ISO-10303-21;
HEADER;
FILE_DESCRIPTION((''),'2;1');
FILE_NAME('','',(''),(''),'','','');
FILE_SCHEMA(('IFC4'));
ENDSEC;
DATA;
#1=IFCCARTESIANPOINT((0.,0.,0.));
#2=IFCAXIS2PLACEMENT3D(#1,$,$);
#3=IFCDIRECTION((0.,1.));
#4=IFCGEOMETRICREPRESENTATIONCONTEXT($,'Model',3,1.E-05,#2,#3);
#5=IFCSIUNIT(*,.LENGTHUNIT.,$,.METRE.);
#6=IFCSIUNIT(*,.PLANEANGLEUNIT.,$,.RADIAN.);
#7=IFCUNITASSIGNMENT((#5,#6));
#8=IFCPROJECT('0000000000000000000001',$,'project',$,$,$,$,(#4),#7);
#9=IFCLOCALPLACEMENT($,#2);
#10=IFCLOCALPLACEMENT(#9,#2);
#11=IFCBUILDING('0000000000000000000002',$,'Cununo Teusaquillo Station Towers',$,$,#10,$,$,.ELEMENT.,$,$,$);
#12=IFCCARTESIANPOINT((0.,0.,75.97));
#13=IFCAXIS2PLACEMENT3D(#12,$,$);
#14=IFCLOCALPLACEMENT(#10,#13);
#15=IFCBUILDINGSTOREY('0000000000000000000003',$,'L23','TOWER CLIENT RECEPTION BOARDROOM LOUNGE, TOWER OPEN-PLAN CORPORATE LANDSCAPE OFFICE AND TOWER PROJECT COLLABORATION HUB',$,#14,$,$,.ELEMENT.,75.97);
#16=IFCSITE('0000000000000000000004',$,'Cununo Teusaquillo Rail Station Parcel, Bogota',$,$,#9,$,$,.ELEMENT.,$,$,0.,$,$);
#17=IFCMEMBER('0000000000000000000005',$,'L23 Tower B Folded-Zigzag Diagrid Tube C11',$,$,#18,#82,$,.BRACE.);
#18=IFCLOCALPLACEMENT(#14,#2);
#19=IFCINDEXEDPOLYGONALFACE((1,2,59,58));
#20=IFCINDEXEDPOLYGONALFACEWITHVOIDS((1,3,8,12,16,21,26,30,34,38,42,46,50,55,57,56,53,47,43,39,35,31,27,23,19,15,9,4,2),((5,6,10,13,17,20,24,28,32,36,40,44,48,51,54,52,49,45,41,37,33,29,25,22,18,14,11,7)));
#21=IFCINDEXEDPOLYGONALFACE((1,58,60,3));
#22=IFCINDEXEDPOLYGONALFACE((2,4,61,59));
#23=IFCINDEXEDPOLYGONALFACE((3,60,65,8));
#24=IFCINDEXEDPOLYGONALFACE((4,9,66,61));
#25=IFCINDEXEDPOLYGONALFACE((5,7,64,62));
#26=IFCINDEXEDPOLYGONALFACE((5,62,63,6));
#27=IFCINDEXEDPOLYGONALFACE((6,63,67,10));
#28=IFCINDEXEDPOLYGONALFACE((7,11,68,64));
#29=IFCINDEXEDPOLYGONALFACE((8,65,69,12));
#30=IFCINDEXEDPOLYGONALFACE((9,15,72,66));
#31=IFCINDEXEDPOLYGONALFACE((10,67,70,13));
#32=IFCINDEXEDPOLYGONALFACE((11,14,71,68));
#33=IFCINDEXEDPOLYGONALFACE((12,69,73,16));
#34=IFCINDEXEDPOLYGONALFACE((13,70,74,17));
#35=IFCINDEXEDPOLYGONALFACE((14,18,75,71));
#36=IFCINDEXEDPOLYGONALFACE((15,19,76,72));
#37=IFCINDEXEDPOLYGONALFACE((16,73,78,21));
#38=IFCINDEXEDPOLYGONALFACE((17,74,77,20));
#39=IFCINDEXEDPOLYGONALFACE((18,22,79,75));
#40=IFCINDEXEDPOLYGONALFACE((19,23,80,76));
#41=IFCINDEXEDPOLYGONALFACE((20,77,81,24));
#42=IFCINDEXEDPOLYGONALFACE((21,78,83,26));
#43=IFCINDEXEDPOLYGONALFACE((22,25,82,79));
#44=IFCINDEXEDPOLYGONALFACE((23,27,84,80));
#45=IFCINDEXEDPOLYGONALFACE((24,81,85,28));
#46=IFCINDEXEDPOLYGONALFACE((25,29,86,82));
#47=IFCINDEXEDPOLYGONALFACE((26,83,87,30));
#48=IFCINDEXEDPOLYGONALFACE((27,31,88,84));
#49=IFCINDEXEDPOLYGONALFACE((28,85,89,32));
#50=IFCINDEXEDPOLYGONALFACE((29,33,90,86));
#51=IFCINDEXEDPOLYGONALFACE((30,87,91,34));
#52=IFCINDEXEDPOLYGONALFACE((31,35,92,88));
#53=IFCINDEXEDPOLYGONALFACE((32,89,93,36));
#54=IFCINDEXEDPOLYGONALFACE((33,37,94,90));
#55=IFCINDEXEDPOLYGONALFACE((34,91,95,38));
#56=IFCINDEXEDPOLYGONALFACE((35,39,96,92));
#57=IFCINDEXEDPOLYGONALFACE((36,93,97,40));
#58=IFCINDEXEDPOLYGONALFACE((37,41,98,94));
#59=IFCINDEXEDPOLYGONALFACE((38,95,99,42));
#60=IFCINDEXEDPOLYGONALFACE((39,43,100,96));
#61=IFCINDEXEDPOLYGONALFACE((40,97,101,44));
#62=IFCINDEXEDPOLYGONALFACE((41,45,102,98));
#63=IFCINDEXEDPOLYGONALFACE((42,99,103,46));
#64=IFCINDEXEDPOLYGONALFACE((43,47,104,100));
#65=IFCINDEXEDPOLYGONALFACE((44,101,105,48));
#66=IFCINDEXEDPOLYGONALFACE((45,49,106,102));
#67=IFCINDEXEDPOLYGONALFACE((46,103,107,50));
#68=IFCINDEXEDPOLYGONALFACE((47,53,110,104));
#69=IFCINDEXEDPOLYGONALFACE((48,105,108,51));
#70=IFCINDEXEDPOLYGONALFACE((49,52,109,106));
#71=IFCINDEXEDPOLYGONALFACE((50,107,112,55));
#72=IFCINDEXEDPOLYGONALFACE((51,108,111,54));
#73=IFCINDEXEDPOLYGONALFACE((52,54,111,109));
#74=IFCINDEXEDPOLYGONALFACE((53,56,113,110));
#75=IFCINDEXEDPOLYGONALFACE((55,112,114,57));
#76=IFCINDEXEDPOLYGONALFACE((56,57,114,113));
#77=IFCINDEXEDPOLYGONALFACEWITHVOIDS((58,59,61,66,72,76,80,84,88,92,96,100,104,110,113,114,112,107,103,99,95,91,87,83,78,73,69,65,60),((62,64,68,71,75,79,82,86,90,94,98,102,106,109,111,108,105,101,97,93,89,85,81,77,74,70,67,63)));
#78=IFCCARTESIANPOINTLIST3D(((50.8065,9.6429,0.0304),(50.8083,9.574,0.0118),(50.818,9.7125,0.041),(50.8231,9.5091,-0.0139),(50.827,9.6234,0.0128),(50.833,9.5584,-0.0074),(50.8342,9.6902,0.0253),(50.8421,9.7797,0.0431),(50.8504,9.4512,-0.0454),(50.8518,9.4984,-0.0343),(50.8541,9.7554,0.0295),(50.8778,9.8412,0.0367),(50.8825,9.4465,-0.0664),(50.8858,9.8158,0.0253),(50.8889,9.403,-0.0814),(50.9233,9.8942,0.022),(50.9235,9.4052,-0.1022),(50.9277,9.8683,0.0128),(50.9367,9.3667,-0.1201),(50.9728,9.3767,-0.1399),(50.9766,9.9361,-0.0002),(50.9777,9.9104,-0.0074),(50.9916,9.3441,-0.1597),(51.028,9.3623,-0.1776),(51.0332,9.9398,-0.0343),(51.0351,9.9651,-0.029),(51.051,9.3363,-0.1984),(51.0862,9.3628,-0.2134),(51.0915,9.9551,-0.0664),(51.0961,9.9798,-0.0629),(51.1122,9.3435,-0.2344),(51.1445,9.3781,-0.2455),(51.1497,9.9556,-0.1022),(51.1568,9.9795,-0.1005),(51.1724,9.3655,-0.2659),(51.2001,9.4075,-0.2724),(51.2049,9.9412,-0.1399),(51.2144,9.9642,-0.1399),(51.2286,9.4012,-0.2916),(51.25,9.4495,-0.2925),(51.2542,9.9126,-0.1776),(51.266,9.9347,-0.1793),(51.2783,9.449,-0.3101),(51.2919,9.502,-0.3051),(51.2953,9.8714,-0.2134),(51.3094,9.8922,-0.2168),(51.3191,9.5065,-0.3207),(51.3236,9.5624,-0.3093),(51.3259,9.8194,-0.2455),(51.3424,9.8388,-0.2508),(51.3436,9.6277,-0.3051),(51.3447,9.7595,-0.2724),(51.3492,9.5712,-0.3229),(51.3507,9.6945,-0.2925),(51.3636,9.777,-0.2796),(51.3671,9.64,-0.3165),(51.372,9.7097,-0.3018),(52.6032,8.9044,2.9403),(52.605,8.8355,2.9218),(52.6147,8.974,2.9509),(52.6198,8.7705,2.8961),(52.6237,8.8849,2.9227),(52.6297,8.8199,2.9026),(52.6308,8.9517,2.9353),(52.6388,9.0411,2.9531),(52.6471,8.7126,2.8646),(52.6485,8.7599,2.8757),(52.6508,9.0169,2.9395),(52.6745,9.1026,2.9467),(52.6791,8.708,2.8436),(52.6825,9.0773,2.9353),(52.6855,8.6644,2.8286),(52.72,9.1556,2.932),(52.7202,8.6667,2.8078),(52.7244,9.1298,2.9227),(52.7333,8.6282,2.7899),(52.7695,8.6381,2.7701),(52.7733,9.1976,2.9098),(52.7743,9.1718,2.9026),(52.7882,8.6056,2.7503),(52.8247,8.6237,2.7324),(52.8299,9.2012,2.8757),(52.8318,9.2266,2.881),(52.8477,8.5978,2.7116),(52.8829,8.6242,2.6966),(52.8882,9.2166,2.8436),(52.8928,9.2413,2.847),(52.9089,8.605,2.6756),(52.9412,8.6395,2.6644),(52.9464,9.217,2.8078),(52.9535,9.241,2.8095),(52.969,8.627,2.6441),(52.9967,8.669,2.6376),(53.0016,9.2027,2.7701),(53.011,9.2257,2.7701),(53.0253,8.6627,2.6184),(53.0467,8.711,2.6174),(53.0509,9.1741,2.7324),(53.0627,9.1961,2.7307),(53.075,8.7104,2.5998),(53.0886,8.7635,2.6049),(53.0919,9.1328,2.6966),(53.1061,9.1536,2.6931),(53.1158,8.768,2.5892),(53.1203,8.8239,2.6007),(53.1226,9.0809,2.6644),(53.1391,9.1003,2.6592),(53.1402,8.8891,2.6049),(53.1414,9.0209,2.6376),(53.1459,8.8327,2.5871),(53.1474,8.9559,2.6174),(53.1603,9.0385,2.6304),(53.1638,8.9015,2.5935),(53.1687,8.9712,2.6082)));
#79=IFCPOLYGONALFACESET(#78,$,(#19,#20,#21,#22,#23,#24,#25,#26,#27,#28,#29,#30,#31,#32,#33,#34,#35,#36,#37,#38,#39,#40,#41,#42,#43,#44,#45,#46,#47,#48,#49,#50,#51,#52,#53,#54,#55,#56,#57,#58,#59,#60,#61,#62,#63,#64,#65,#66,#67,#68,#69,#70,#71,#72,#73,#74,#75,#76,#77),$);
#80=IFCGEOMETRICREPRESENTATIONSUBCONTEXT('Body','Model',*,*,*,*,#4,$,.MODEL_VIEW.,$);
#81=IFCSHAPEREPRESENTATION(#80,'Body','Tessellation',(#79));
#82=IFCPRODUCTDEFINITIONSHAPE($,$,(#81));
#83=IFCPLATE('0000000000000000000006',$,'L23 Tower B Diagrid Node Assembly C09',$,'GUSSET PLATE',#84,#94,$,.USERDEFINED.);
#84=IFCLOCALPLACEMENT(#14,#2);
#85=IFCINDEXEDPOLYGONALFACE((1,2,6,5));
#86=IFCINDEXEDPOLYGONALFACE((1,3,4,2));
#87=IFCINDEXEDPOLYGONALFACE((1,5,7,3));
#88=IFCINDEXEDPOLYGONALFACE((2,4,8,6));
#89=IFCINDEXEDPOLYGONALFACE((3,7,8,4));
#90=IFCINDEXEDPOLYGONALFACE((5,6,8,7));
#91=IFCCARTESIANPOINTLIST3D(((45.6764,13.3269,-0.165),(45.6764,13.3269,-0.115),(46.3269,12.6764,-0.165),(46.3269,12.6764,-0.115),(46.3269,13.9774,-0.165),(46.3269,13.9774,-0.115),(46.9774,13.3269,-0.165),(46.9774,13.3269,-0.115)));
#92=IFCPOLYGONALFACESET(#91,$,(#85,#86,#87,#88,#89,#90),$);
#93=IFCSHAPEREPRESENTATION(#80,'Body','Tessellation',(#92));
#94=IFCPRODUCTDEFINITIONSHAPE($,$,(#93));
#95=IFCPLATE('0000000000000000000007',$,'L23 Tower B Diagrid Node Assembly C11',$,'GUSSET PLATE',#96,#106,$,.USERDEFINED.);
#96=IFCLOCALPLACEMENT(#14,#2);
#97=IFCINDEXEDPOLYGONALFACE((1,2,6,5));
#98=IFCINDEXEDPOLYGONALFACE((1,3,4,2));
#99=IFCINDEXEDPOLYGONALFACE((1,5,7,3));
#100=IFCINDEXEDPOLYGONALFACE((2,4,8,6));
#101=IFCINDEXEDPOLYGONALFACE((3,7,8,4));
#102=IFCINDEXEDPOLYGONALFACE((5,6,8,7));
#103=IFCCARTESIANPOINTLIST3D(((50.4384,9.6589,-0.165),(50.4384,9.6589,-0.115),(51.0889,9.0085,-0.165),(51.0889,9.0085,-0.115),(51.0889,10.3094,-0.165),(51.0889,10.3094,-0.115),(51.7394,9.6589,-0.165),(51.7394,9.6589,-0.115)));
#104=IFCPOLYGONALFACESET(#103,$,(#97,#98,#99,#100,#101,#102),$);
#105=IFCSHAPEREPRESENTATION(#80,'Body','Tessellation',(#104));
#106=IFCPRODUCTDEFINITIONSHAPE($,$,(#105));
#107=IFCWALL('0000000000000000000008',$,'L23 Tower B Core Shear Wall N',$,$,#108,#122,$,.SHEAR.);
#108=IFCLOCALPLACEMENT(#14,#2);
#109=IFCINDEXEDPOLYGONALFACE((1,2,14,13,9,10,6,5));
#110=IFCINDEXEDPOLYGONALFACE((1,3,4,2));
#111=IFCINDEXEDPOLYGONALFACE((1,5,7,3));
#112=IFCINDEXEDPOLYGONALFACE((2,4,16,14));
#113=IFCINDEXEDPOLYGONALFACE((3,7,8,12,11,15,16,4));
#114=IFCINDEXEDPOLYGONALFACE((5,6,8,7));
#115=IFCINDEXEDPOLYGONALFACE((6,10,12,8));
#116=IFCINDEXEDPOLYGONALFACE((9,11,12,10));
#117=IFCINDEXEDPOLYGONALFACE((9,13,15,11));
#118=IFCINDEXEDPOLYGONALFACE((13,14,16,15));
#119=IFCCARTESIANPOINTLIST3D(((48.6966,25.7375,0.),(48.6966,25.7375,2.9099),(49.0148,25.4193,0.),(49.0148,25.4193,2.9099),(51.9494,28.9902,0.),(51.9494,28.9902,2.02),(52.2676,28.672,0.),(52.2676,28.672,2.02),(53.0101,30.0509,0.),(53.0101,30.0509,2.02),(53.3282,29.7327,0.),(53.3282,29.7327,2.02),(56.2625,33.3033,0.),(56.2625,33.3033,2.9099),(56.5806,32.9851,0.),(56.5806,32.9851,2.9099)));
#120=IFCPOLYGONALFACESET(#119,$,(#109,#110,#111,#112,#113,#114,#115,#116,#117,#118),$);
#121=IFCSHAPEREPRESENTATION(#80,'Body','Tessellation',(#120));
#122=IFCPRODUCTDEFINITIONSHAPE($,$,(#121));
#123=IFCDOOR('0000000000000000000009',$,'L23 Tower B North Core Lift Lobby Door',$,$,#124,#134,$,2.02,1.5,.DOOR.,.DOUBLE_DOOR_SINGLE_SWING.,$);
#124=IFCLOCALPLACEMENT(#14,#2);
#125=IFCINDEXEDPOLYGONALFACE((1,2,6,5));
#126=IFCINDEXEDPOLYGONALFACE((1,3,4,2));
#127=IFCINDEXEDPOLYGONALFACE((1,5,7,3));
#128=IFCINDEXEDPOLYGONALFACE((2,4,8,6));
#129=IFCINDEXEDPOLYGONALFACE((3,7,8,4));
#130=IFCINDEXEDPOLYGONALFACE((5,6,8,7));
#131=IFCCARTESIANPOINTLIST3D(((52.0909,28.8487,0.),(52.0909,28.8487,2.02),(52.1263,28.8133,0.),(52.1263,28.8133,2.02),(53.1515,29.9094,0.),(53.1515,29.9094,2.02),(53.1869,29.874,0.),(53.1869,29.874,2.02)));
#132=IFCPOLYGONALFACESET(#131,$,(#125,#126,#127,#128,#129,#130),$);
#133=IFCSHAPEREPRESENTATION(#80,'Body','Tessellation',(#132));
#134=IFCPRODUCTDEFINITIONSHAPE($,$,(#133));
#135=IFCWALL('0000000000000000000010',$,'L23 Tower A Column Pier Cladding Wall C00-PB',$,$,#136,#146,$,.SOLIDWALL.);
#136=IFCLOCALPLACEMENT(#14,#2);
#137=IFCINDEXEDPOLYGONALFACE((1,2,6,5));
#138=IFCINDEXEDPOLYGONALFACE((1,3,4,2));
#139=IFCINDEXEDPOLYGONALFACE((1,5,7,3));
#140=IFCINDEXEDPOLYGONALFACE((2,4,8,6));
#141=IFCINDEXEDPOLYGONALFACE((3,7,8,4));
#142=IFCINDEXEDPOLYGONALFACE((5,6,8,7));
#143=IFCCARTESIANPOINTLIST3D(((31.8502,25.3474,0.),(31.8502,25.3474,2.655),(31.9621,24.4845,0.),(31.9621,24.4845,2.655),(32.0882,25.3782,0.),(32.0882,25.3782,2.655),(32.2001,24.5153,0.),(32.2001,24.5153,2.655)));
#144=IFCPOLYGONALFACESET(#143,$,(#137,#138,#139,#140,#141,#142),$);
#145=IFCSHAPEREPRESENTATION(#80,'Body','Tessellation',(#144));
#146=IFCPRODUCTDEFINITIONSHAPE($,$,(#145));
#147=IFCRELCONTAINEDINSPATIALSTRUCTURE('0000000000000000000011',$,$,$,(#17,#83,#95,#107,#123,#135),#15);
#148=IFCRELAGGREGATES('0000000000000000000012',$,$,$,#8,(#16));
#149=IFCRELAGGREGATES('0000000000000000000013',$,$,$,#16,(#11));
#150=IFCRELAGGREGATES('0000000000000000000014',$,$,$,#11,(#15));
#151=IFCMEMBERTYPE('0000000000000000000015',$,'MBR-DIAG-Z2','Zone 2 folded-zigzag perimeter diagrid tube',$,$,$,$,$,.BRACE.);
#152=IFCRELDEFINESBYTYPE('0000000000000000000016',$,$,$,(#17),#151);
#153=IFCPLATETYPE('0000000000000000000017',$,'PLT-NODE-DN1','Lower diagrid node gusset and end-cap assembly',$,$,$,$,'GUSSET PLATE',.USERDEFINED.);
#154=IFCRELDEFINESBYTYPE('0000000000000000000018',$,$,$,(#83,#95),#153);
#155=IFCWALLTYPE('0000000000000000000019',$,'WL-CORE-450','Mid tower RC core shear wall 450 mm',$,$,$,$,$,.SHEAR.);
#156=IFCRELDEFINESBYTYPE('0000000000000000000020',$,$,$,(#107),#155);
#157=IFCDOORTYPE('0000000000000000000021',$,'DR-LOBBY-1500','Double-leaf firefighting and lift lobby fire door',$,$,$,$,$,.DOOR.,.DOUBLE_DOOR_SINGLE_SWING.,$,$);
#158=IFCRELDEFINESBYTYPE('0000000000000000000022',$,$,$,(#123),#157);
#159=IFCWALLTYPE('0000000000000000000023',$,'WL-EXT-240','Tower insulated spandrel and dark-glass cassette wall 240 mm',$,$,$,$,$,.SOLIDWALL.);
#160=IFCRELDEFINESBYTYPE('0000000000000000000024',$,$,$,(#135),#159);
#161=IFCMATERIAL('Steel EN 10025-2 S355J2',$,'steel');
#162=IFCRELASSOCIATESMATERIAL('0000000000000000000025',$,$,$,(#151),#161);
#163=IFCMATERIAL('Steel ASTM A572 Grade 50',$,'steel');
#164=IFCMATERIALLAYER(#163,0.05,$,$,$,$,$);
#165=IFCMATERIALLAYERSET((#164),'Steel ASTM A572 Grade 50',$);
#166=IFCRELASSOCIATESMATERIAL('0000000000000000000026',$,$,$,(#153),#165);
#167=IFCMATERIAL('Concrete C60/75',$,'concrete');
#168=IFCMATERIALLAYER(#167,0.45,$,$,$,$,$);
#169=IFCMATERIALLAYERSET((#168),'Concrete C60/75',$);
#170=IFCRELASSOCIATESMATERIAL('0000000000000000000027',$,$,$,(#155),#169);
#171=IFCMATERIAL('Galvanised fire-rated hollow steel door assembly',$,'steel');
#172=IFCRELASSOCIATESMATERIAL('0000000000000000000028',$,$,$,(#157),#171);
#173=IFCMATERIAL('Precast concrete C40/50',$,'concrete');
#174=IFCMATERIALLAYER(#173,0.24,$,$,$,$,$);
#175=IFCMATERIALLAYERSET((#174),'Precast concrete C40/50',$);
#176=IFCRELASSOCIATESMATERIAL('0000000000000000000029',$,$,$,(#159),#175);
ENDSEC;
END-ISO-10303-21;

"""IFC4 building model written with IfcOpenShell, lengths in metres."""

from ifc_helpers import new_model, si_unit, direction, frame, frame_2d, origin, origin_2d, place, context, subcontext, project, spatial, rectangle, hollow_circle, extrude, source, transform, mapped, material, layer, layer_set, material_profile, profile_set, type_object, element, fill, save


model = new_model("IFC4")

# Units and contexts
model_context = context("Model", 3, precision=1e-05, world=origin(), true_north=direction((0.0, 1.0)))
body_context = subcontext(model_context, "Body", "Model", "MODEL_VIEW")
ifc_project = project(units=[si_unit("LENGTHUNIT", "METRE"), si_unit("PLANEANGLEUNIT", "RADIAN")], contexts=[model_context])

# Site, building, storey
site_placement = place(None, origin())
site = spatial("IfcSite", under=ifc_project, at=site_placement, Name="Cununo Teusaquillo Rail Station Parcel, Bogota", CompositionType="ELEMENT", RefElevation=0.0)
building_placement = place(site_placement, origin())
building = spatial("IfcBuilding", under=site, at=building_placement, Name="Cununo Teusaquillo Station Towers", CompositionType="ELEMENT")
storey_placement = place(building_placement, frame((0.0, 0.0, 75.97)))
storey = spatial("IfcBuildingStorey", under=building, at=storey_placement, Name="L23", Description="TOWER CLIENT RECEPTION BOARDROOM LOUNGE, TOWER OPEN-PLAN CORPORATE LANDSCAPE OFFICE AND TOWER PROJECT COLLABORATION HUB", CompositionType="ELEMENT", Elevation=75.97)

# Member
ifc_material_1 = material(Name="Steel EN 10025-2 S355J2", Category="steel")
ifc_material_profile_1 = material_profile(ifc_material_1, hollow_circle(Radius=0.3301, WallThickness=0.0249, at=origin_2d()), Name="CHS 660x25")
ifc_profile_set_1 = profile_set([ifc_material_profile_1], Name="Steel EN 10025-2 S355J2")
member_type_1 = type_object("IfcMemberType", Name="MBR-DIAG-Z2", Description="Zone 2 folded-zigzag perimeter diagrid tube", PredefinedType="BRACE", material=ifc_profile_set_1)
member_1_placement = place(storey_placement, frame((51.0889, 9.6589, -0.1399), z_axis=(0.513514, -0.211086, 0.831713), x_axis=(0.380193, 0.924907, 0.0)))
element("IfcMember", 1, at=member_1_placement, inside=storey, type_object=member_type_1, Name="L23 Tower B Folded-Zigzag Diagrid Tube C11", PredefinedType="BRACE", context=body_context, shape_type="SweptSolid", body=[
    extrude(hollow_circle(Radius=0.3301, WallThickness=0.0249, at=origin_2d()), origin(), (0.0, 0.0, 1.0), 3.4988),
])

# Plates
ifc_material_2 = material(Name="Steel ASTM A572 Grade 50", Category="steel")
ifc_layer_1 = layer(ifc_material_2, 0.05)
ifc_layer_set_1 = layer_set([ifc_layer_1], Name="Steel ASTM A572 Grade 50")
plate_type = type_object("IfcPlateType", Name="PLT-NODE-DN1", Description="Lower diagrid node gusset and end-cap assembly", ElementType="GUSSET PLATE", PredefinedType="USERDEFINED", material=ifc_layer_set_1)
shared_shape_1 = source(origin(), body_context, "Body", "SweptSolid", [
    extrude(rectangle(XDim=0.9199, YDim=0.9199, at=origin_2d()), origin(), (0.0, 0.0, 1.0), 0.05),
])
for number, where, z_axis, x_axis, name in (
    (2, (46.3269, 13.3269, -0.165), (0.0, 0.0, 1.0), (0.707107, 0.707107, 0.0), "L23 Tower B Diagrid Node Assembly C09"),
    (3, (51.0889, 9.6589, -0.165), (0.0, 0.0, 1.0), (0.707107, 0.707107, 0.0), "L23 Tower B Diagrid Node Assembly C11"),
):
    element("IfcPlate", number, at=place(storey_placement, frame(where, z_axis=z_axis, x_axis=x_axis)), inside=storey, type_object=plate_type, Name=name, ObjectType="GUSSET PLATE", PredefinedType="USERDEFINED", context=body_context, shape_type="MappedRepresentation", body=[
        mapped(shared_shape_1, transform((0.0, 0.0, 0.0), x_axis=(1.0, 0.0, 0.0), y_axis=(0.0, 1.0, 0.0), z_axis=(0.0, 0.0, 1.0), scale=1.0)),
    ])

# Wall, opening, door
ifc_material_3 = material(Name="Concrete C60/75", Category="concrete")
ifc_layer_2 = layer(ifc_material_3, 0.45)
ifc_layer_set_2 = layer_set([ifc_layer_2], Name="Concrete C60/75")
wall_type_1 = type_object("IfcWallType", Name="WL-CORE-450", Description="Mid tower RC core shear wall 450 mm", PredefinedType="SHEAR", material=ifc_layer_set_2)
wall_1_placement = place(storey_placement, frame((48.8557, 25.5784, 0.0), z_axis=(0.0, 0.0, 1.0), x_axis=(0.707107, 0.707107, 0.0)))
wall_1 = element("IfcWall", 4, at=wall_1_placement, inside=storey, type_object=wall_type_1, Name="L23 Tower B Core Shear Wall N", PredefinedType="SHEAR", context=body_context, shape_type="SweptSolid", body=[
    extrude(rectangle(XDim=10.6997, YDim=0.45, at=frame_2d((5.3499, 0.0))), origin(), (0.0, 0.0, 1.0), 2.9099),
])
shared_shape_2 = source(origin(), body_context, "Body", "SweptSolid", [
    extrude(rectangle(XDim=1.5, YDim=2.02, at=frame_2d((0.75, 1.01))), frame((0.0, 0.2349, 0.0), z_axis=(0.0, -1.0, 0.0), x_axis=(1.0, 0.0, 0.0)), (0.0, 0.0, 1.0), 0.47),
])
opening_1_placement = place(wall_1_placement, frame((4.6001, 0.0, 0.0)))
opening_1 = element("IfcOpeningElement", 5, at=opening_1_placement, cuts=wall_1, PredefinedType="OPENING", context=body_context, shape_type="MappedRepresentation", body=[
    mapped(shared_shape_2, transform((0.0, 0.0, 0.0), x_axis=(1.0, 0.0, 0.0), y_axis=(0.0, 1.0, 0.0), z_axis=(0.0, 0.0, 1.0), scale=1.0)),
])
ifc_material_4 = material(Name="Galvanised fire-rated hollow steel door assembly", Category="steel")
door_type = type_object("IfcDoorType", Name="DR-LOBBY-1500", Description="Double-leaf firefighting and lift lobby fire door", OperationType="DOUBLE_DOOR_SINGLE_SWING", PredefinedType="DOOR", material=ifc_material_4)
shared_shape_3 = source(origin(), body_context, "Body", "SweptSolid", [
    extrude(rectangle(XDim=1.5, YDim=2.02, at=frame_2d((0.75, 1.01))), frame((0.0, 0.0249, 0.0), z_axis=(0.0, -1.0, 0.0), x_axis=(1.0, 0.0, 0.0)), (0.0, 0.0, 1.0), 0.05),
])
door_placement = place(opening_1_placement, origin())
door = element("IfcDoor", 6, at=door_placement, inside=storey, type_object=door_type, Name="L23 Tower B North Core Lift Lobby Door", OperationType="DOUBLE_DOOR_SINGLE_SWING", OverallHeight=2.02, OverallWidth=1.5, PredefinedType="DOOR", context=body_context, shape_type="MappedRepresentation", body=[
    mapped(shared_shape_3, transform((0.0, 0.0, 0.0), x_axis=(1.0, 0.0, 0.0), y_axis=(0.0, 1.0, 0.0), z_axis=(0.0, 0.0, 1.0), scale=1.0)),
])
fill(opening_1, door)

# Wall
ifc_material_5 = material(Name="Precast concrete C40/50", Category="concrete")
ifc_layer_3 = layer(ifc_material_5, 0.24)
ifc_layer_set_3 = layer_set([ifc_layer_3], Name="Precast concrete C40/50")
wall_type_2 = type_object("IfcWallType", Name="WL-EXT-240", Description="Tower insulated spandrel and dark-glass cassette wall 240 mm", PredefinedType="SOLIDWALL", material=ifc_layer_set_3)
wall_2_placement = place(storey_placement, frame((31.9692, 25.3628, 0.0), z_axis=(0.0, 0.0, 1.0), x_axis=(0.128523, -0.991706, 0.0)))
element("IfcWall", 7, at=wall_2_placement, inside=storey, type_object=wall_type_2, Name="L23 Tower A Column Pier Cladding Wall C00-PB", PredefinedType="SOLIDWALL", context=body_context, shape_type="SweptSolid", body=[
    extrude(rectangle(XDim=0.8701, YDim=0.24, at=frame_2d((0.4351, 0.0))), origin(), (0.0, 0.0, 1.0), 2.655),
])

save(model, "model.ifc")
